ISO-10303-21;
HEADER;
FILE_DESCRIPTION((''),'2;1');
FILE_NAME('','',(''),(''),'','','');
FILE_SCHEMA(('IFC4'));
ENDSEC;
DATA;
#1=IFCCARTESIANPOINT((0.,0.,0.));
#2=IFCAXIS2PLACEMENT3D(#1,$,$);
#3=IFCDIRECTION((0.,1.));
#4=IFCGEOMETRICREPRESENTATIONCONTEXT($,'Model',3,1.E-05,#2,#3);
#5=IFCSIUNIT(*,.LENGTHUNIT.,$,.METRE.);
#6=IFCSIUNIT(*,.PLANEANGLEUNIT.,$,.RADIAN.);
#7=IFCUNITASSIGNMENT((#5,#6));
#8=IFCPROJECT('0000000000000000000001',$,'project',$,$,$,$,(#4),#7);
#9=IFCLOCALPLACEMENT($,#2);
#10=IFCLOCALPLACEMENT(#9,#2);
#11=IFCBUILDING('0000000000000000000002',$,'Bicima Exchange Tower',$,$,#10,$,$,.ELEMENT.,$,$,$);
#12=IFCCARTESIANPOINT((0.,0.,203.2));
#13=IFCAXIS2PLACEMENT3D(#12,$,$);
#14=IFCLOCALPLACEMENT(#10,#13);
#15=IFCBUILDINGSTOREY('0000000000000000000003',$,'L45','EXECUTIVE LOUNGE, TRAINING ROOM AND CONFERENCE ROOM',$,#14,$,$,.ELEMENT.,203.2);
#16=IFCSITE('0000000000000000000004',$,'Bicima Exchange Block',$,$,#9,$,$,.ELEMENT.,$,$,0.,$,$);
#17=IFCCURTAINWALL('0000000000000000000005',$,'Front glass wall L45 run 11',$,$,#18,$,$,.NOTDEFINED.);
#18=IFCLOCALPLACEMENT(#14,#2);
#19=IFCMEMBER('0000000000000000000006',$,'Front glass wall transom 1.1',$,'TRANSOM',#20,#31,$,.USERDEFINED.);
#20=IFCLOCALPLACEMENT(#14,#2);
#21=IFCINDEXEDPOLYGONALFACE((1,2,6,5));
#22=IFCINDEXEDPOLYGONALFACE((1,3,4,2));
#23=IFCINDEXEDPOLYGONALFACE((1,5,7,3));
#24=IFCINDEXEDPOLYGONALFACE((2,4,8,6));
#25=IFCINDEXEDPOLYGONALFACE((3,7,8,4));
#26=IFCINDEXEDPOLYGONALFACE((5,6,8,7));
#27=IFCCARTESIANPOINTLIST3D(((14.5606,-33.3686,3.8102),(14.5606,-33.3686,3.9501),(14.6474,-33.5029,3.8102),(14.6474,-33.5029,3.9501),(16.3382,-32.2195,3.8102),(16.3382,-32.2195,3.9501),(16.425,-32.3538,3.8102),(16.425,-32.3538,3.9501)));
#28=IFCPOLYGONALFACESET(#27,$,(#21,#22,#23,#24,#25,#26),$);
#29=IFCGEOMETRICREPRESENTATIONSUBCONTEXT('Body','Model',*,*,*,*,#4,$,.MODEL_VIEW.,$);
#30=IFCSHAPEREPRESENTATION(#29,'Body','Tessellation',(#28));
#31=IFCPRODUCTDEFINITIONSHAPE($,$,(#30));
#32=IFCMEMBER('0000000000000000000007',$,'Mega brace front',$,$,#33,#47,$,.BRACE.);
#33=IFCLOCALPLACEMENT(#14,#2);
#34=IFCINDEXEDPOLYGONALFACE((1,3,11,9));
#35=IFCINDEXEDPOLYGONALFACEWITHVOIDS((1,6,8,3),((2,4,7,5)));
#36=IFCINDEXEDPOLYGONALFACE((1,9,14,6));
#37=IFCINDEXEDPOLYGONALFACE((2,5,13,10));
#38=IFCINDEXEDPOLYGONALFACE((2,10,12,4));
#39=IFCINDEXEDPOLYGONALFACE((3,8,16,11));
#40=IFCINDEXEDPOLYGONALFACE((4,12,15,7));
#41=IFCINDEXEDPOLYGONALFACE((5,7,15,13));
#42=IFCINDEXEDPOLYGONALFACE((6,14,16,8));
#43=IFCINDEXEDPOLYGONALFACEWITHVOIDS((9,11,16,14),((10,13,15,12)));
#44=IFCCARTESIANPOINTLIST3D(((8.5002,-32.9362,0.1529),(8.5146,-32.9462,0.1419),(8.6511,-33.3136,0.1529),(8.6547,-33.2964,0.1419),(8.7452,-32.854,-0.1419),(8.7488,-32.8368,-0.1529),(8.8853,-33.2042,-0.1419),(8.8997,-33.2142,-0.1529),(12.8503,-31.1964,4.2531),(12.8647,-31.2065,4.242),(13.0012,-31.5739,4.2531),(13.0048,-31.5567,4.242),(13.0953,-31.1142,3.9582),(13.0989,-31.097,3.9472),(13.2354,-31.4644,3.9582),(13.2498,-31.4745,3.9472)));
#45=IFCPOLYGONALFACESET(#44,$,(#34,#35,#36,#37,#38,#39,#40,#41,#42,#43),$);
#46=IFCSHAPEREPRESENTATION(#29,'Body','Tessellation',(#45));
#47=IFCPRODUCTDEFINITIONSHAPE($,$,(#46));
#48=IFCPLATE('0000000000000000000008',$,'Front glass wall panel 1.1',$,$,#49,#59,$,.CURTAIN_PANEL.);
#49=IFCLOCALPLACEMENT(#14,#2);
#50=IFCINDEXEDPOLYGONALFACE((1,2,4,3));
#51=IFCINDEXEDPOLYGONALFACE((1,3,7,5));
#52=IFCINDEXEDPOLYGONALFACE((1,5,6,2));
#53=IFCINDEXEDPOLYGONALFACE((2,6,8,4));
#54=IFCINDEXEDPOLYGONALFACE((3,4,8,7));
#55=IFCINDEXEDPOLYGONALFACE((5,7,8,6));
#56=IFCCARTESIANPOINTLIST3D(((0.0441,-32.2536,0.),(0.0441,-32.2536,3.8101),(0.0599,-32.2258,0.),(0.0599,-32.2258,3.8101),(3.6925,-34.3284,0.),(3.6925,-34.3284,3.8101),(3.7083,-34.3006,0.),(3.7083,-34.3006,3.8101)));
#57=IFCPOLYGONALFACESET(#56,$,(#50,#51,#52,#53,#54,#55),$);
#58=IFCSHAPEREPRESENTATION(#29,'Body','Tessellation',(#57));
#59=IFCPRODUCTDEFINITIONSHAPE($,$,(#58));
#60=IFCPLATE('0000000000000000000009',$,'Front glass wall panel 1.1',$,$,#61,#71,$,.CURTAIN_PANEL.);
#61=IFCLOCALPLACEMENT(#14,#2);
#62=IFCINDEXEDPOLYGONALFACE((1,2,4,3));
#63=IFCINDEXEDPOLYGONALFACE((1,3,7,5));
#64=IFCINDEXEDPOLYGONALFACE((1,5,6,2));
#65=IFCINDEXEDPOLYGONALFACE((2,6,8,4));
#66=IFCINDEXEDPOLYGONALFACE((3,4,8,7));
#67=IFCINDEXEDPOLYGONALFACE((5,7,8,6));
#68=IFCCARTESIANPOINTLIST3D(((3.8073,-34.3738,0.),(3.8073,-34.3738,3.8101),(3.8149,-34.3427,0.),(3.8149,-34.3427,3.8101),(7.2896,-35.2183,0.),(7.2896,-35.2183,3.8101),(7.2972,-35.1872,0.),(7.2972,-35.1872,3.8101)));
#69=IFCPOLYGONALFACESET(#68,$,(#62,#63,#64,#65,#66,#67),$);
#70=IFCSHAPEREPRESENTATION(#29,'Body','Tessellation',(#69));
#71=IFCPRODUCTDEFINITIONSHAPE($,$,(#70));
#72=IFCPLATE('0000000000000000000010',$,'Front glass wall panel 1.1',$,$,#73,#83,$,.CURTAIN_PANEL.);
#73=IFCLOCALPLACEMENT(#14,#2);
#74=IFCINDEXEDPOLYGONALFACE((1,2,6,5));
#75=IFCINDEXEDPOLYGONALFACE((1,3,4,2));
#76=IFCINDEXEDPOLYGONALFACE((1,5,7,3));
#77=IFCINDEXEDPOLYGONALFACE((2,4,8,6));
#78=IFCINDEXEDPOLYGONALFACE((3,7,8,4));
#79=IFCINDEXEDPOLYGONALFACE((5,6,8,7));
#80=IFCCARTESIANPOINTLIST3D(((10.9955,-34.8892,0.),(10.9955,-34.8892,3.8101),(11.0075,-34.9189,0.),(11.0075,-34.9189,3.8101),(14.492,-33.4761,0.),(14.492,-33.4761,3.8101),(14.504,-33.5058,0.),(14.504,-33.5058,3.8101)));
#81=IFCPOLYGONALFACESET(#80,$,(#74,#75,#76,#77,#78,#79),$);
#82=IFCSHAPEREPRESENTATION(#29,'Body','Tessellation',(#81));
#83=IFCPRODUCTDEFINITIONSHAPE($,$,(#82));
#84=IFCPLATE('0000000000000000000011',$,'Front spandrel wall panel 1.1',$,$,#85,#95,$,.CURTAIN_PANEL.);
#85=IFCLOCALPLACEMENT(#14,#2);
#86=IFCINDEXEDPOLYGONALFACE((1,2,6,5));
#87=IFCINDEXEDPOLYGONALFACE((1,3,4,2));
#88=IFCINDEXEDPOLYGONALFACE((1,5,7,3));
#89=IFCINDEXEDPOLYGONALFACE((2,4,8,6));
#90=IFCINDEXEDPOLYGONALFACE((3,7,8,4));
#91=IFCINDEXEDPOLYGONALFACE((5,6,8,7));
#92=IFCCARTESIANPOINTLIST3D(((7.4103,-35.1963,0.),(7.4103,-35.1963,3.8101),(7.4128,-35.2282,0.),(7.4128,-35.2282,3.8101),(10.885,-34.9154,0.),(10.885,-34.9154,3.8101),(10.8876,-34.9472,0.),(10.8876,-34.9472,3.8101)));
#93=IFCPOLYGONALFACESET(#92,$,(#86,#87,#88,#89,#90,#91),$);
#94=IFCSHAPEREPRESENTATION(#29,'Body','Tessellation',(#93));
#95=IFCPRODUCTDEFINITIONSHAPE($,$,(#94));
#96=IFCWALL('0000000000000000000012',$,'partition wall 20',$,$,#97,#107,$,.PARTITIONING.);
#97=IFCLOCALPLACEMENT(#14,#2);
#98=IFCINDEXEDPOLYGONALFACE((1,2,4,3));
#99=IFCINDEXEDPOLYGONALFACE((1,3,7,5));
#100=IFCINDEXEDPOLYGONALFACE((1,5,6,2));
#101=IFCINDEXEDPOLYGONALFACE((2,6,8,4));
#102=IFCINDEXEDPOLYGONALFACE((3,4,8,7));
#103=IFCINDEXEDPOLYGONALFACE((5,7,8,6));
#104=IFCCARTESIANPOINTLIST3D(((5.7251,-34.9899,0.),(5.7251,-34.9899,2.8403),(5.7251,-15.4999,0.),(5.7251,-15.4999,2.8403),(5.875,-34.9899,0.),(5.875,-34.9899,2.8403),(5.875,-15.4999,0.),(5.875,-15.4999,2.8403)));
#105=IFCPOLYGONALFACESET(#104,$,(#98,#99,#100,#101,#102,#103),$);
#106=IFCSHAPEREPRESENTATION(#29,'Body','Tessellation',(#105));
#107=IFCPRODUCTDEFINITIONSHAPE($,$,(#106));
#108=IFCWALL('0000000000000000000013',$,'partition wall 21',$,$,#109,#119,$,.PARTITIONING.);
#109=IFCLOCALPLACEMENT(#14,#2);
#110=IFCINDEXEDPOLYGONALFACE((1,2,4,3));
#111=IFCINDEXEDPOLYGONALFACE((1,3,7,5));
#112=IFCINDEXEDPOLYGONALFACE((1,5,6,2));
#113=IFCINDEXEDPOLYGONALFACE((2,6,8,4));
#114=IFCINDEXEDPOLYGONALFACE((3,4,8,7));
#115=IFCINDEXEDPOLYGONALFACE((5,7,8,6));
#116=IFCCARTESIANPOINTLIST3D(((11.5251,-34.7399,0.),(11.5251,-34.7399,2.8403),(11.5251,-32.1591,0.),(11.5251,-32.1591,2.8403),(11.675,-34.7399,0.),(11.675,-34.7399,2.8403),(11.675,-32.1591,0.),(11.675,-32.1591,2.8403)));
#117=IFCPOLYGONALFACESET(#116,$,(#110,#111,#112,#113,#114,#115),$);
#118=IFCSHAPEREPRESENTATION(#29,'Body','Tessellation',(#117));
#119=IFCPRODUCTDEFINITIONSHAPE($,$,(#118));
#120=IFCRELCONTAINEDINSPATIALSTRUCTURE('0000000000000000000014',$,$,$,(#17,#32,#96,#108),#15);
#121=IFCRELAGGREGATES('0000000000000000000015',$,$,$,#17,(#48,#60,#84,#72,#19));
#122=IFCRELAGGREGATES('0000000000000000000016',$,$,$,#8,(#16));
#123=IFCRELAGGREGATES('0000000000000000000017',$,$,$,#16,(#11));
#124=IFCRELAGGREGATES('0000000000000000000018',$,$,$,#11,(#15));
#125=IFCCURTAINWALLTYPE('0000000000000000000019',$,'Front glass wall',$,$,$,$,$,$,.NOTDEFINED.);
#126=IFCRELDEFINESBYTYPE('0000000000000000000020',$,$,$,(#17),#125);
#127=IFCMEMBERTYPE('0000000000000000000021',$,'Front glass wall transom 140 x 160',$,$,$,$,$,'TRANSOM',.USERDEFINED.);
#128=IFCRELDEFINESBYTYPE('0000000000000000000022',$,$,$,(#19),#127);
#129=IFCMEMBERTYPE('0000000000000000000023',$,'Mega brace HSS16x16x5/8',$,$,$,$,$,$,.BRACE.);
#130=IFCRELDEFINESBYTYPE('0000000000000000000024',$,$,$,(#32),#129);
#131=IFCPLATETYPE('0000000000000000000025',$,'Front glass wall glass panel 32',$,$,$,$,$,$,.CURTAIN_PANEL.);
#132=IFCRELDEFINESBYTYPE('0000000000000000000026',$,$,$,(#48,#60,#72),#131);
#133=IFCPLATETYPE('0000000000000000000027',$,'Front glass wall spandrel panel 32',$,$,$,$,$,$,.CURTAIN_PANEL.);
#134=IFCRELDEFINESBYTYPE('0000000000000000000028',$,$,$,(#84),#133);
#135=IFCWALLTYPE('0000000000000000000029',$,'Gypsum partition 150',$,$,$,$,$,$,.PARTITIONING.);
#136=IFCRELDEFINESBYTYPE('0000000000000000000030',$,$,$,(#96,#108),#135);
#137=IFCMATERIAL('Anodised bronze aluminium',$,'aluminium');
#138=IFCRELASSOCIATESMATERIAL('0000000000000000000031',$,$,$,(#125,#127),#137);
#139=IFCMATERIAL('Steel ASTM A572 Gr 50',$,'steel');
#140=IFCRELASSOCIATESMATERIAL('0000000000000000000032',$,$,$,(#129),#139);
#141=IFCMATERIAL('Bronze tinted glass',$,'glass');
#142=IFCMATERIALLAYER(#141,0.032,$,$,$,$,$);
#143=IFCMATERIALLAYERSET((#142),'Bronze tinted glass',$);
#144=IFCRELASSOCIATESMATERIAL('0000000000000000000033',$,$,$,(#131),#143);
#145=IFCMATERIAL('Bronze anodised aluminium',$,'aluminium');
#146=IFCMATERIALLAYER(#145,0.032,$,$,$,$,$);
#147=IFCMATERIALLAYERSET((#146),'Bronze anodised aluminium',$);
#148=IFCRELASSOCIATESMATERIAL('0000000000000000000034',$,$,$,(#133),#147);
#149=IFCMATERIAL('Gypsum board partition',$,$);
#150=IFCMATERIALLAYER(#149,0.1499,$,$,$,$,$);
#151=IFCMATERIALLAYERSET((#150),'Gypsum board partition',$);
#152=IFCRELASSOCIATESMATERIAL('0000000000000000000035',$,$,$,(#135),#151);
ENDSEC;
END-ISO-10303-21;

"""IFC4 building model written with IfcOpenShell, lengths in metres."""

from ifc_helpers import new_model, si_unit, direction, frame, frame_2d, origin, origin_2d, place, context, subcontext, project, spatial, rectangle, hollow_rectangle, extrude, material, layer, layer_set, material_profile, profile_set, type_object, element, aggregate, save


model = new_model("IFC4")

# Units and contexts
model_context = context("Model", 3, precision=1e-05, world=origin(), true_north=direction((0.0, 1.0)))
body_context = subcontext(model_context, "Body", "Model", "MODEL_VIEW")
ifc_project = project(units=[si_unit("LENGTHUNIT", "METRE"), si_unit("PLANEANGLEUNIT", "RADIAN")], contexts=[model_context])

# Site, building, storey
site_placement = place(None, origin())
site = spatial("IfcSite", under=ifc_project, at=site_placement, Name="Bicima Exchange Block", CompositionType="ELEMENT", RefElevation=0.0)
building_placement = place(site_placement, origin())
building = spatial("IfcBuilding", under=site, at=building_placement, Name="Bicima Exchange Tower", CompositionType="ELEMENT")
storey_placement = place(building_placement, frame((0.0, 0.0, 203.2)))
storey = spatial("IfcBuildingStorey", under=building, at=storey_placement, Name="L45", Description="EXECUTIVE LOUNGE, TRAINING ROOM AND CONFERENCE ROOM", CompositionType="ELEMENT", Elevation=203.2)

# Shared definitions
ifc_material_1 = material(Name="Steel ASTM A572 Gr 50", Category="steel")

# Curtain wall, member
ifc_material_2 = material(Name="Anodised bronze aluminium", Category="aluminium")
curtain_wall_type = type_object("IfcCurtainWallType", Name="Front glass wall", PredefinedType="NOTDEFINED", material=ifc_material_2)
curtain_wall_placement = place(storey_placement, origin())
curtain_wall = element("IfcCurtainWall", 1, at=curtain_wall_placement, inside=storey, type_object=curtain_wall_type, Name="Front glass wall L45 run 11", PredefinedType="NOTDEFINED")
ifc_material_profile_1 = material_profile(ifc_material_2, rectangle(XDim=0.1599, YDim=0.1399, at=origin_2d()))
ifc_profile_set_1 = profile_set([ifc_material_profile_1], Name="Anodised bronze aluminium")
member_type_1 = type_object("IfcMemberType", Name="Front glass wall transom 140 x 160", ElementType="TRANSOM", PredefinedType="USERDEFINED", material=ifc_profile_set_1)
member_1_placement = place(storey_placement, frame((14.604, -33.4358, 3.8801), z_axis=(0.839793, 0.542907, 0.0), x_axis=(-0.542907, 0.839793, 0.0)))
member_1 = element("IfcMember", 2, at=member_1_placement, type_object=member_type_1, Name="Front glass wall transom 1.1", ObjectType="TRANSOM", PredefinedType="USERDEFINED", context=body_context, shape_type="SweptSolid", body=[
    extrude(rectangle(XDim=0.1599, YDim=0.1399, at=origin_2d()), origin(), (0.0, 0.0, 1.0), 2.1167),
])

# Member
ifc_material_profile_2 = material_profile(ifc_material_1, hollow_rectangle(XDim=0.4065, YDim=0.4065, WallThickness=0.0146, at=origin_2d()))
ifc_profile_set_2 = profile_set([ifc_material_profile_2], Name="Steel ASTM A572 Gr 50")
member_type_2 = type_object("IfcMemberType", Name="Mega brace HSS16x16x5/8", PredefinedType="BRACE", material=ifc_profile_set_2)
member_2_placement = place(storey_placement, frame((8.7, -33.0752, 0.0), z_axis=(0.698719, 0.27944, 0.658563), x_axis=(-0.371337, 0.928498, 0.0)))
element("IfcMember", 3, at=member_2_placement, inside=storey, type_object=member_type_2, Name="Mega brace front", PredefinedType="BRACE", context=body_context, shape_type="SweptSolid", body=[
    extrude(hollow_rectangle(XDim=0.4065, YDim=0.4065, WallThickness=0.0146, at=origin_2d()), origin(), (0.0, 0.0, 1.0), 6.2258),
])

# Plates
ifc_material_3 = material(Name="Bronze tinted glass", Category="glass")
ifc_layer_1 = layer(ifc_material_3, 0.032)
ifc_layer_set_1 = layer_set([ifc_layer_1], Name="Bronze tinted glass")
plate_type_1 = type_object("IfcPlateType", Name="Front glass wall glass panel 32", PredefinedType="CURTAIN_PANEL", material=ifc_layer_set_1)
plate_1_placement = place(storey_placement, frame((1.8762, -33.2771, 0.0), z_axis=(0.0, 0.0, 1.0), x_axis=(0.869274, -0.49433, 0.0)))
plate_1 = element("IfcPlate", 4, at=plate_1_placement, type_object=plate_type_1, Name="Front glass wall panel 1.1", PredefinedType="CURTAIN_PANEL", context=body_context, shape_type="SweptSolid", body=[
    extrude(rectangle(XDim=4.197, YDim=0.032, at=origin_2d()), origin(), (0.0, 0.0, 1.0), 3.8101),
])
plate_2_placement = place(storey_placement, frame((5.5522, -34.7805, 0.0), z_axis=(0.0, 0.0, 1.0), x_axis=(0.97183, -0.235682, 0.0)))
plate_2 = element("IfcPlate", 5, at=plate_2_placement, type_object=plate_type_1, Name="Front glass wall panel 1.1", PredefinedType="CURTAIN_PANEL", context=body_context, shape_type="SweptSolid", body=[
    extrude(rectangle(XDim=3.5833, YDim=0.032, at=origin_2d()), origin(), (0.0, 0.0, 1.0), 3.8101),
])
plate_3_placement = place(storey_placement, frame((12.7498, -34.1975, 0.0), z_axis=(0.0, 0.0, 1.0), x_axis=(0.927144, 0.374705, 0.0)))
plate_3 = element("IfcPlate", 6, at=plate_3_placement, type_object=plate_type_1, Name="Front glass wall panel 1.1", PredefinedType="CURTAIN_PANEL", context=body_context, shape_type="SweptSolid", body=[
    extrude(rectangle(XDim=3.7712, YDim=0.032, at=origin_2d()), origin(), (0.0, 0.0, 1.0), 3.8101),
])
ifc_material_4 = material(Name="Bronze anodised aluminium", Category="aluminium")
ifc_layer_2 = layer(ifc_material_4, 0.032)
ifc_layer_set_2 = layer_set([ifc_layer_2], Name="Bronze anodised aluminium")
plate_type_2 = type_object("IfcPlateType", Name="Front glass wall spandrel panel 32", PredefinedType="CURTAIN_PANEL", material=ifc_layer_set_2)
plate_4_placement = place(storey_placement, frame((9.1489, -35.0718, 0.0), z_axis=(0.0, 0.0, 1.0), x_axis=(0.996747, 0.080589, 0.0)))
plate_4 = element("IfcPlate", 7, at=plate_4_placement, type_object=plate_type_2, Name="Front spandrel wall panel 1.1", PredefinedType="CURTAIN_PANEL", context=body_context, shape_type="SweptSolid", body=[
    extrude(rectangle(XDim=3.4861, YDim=0.032, at=origin_2d()), origin(), (0.0, 0.0, 1.0), 3.8101),
])
aggregate(curtain_wall, [plate_1, plate_2, plate_4, plate_3, member_1])

# Walls
ifc_material_5 = material(Name="Gypsum board partition")
ifc_layer_3 = layer(ifc_material_5, 0.1499)
ifc_layer_set_3 = layer_set([ifc_layer_3], Name="Gypsum board partition")
wall_type = type_object("IfcWallType", Name="Gypsum partition 150", PredefinedType="PARTITIONING", material=ifc_layer_set_3)
wall_1_placement = place(storey_placement, frame((5.8, -34.99, 0.0), z_axis=(0.0, 0.0, 1.0), x_axis=(0.0, 1.0, 0.0)))
element("IfcWall", 8, at=wall_1_placement, inside=storey, type_object=wall_type, Name="partition wall 20", PredefinedType="PARTITIONING", context=body_context, shape_type="SweptSolid", body=[
    extrude(rectangle(XDim=19.49, YDim=0.1499, at=frame_2d((9.7451, 0.0))), origin(), (0.0, 0.0, 1.0), 2.8403),
])
wall_2_placement = place(storey_placement, frame((11.6001, -34.74, 0.0), z_axis=(0.0, 0.0, 1.0), x_axis=(0.0, 1.0, 0.0)))
element("IfcWall", 9, at=wall_2_placement, inside=storey, type_object=wall_type, Name="partition wall 21", PredefinedType="PARTITIONING", context=body_context, shape_type="SweptSolid", body=[
    extrude(rectangle(XDim=2.5808, YDim=0.1499, at=frame_2d((1.2905, 0.0))), origin(), (0.0, 0.0, 1.0), 2.8403),
])

save(model, "model.ifc")
